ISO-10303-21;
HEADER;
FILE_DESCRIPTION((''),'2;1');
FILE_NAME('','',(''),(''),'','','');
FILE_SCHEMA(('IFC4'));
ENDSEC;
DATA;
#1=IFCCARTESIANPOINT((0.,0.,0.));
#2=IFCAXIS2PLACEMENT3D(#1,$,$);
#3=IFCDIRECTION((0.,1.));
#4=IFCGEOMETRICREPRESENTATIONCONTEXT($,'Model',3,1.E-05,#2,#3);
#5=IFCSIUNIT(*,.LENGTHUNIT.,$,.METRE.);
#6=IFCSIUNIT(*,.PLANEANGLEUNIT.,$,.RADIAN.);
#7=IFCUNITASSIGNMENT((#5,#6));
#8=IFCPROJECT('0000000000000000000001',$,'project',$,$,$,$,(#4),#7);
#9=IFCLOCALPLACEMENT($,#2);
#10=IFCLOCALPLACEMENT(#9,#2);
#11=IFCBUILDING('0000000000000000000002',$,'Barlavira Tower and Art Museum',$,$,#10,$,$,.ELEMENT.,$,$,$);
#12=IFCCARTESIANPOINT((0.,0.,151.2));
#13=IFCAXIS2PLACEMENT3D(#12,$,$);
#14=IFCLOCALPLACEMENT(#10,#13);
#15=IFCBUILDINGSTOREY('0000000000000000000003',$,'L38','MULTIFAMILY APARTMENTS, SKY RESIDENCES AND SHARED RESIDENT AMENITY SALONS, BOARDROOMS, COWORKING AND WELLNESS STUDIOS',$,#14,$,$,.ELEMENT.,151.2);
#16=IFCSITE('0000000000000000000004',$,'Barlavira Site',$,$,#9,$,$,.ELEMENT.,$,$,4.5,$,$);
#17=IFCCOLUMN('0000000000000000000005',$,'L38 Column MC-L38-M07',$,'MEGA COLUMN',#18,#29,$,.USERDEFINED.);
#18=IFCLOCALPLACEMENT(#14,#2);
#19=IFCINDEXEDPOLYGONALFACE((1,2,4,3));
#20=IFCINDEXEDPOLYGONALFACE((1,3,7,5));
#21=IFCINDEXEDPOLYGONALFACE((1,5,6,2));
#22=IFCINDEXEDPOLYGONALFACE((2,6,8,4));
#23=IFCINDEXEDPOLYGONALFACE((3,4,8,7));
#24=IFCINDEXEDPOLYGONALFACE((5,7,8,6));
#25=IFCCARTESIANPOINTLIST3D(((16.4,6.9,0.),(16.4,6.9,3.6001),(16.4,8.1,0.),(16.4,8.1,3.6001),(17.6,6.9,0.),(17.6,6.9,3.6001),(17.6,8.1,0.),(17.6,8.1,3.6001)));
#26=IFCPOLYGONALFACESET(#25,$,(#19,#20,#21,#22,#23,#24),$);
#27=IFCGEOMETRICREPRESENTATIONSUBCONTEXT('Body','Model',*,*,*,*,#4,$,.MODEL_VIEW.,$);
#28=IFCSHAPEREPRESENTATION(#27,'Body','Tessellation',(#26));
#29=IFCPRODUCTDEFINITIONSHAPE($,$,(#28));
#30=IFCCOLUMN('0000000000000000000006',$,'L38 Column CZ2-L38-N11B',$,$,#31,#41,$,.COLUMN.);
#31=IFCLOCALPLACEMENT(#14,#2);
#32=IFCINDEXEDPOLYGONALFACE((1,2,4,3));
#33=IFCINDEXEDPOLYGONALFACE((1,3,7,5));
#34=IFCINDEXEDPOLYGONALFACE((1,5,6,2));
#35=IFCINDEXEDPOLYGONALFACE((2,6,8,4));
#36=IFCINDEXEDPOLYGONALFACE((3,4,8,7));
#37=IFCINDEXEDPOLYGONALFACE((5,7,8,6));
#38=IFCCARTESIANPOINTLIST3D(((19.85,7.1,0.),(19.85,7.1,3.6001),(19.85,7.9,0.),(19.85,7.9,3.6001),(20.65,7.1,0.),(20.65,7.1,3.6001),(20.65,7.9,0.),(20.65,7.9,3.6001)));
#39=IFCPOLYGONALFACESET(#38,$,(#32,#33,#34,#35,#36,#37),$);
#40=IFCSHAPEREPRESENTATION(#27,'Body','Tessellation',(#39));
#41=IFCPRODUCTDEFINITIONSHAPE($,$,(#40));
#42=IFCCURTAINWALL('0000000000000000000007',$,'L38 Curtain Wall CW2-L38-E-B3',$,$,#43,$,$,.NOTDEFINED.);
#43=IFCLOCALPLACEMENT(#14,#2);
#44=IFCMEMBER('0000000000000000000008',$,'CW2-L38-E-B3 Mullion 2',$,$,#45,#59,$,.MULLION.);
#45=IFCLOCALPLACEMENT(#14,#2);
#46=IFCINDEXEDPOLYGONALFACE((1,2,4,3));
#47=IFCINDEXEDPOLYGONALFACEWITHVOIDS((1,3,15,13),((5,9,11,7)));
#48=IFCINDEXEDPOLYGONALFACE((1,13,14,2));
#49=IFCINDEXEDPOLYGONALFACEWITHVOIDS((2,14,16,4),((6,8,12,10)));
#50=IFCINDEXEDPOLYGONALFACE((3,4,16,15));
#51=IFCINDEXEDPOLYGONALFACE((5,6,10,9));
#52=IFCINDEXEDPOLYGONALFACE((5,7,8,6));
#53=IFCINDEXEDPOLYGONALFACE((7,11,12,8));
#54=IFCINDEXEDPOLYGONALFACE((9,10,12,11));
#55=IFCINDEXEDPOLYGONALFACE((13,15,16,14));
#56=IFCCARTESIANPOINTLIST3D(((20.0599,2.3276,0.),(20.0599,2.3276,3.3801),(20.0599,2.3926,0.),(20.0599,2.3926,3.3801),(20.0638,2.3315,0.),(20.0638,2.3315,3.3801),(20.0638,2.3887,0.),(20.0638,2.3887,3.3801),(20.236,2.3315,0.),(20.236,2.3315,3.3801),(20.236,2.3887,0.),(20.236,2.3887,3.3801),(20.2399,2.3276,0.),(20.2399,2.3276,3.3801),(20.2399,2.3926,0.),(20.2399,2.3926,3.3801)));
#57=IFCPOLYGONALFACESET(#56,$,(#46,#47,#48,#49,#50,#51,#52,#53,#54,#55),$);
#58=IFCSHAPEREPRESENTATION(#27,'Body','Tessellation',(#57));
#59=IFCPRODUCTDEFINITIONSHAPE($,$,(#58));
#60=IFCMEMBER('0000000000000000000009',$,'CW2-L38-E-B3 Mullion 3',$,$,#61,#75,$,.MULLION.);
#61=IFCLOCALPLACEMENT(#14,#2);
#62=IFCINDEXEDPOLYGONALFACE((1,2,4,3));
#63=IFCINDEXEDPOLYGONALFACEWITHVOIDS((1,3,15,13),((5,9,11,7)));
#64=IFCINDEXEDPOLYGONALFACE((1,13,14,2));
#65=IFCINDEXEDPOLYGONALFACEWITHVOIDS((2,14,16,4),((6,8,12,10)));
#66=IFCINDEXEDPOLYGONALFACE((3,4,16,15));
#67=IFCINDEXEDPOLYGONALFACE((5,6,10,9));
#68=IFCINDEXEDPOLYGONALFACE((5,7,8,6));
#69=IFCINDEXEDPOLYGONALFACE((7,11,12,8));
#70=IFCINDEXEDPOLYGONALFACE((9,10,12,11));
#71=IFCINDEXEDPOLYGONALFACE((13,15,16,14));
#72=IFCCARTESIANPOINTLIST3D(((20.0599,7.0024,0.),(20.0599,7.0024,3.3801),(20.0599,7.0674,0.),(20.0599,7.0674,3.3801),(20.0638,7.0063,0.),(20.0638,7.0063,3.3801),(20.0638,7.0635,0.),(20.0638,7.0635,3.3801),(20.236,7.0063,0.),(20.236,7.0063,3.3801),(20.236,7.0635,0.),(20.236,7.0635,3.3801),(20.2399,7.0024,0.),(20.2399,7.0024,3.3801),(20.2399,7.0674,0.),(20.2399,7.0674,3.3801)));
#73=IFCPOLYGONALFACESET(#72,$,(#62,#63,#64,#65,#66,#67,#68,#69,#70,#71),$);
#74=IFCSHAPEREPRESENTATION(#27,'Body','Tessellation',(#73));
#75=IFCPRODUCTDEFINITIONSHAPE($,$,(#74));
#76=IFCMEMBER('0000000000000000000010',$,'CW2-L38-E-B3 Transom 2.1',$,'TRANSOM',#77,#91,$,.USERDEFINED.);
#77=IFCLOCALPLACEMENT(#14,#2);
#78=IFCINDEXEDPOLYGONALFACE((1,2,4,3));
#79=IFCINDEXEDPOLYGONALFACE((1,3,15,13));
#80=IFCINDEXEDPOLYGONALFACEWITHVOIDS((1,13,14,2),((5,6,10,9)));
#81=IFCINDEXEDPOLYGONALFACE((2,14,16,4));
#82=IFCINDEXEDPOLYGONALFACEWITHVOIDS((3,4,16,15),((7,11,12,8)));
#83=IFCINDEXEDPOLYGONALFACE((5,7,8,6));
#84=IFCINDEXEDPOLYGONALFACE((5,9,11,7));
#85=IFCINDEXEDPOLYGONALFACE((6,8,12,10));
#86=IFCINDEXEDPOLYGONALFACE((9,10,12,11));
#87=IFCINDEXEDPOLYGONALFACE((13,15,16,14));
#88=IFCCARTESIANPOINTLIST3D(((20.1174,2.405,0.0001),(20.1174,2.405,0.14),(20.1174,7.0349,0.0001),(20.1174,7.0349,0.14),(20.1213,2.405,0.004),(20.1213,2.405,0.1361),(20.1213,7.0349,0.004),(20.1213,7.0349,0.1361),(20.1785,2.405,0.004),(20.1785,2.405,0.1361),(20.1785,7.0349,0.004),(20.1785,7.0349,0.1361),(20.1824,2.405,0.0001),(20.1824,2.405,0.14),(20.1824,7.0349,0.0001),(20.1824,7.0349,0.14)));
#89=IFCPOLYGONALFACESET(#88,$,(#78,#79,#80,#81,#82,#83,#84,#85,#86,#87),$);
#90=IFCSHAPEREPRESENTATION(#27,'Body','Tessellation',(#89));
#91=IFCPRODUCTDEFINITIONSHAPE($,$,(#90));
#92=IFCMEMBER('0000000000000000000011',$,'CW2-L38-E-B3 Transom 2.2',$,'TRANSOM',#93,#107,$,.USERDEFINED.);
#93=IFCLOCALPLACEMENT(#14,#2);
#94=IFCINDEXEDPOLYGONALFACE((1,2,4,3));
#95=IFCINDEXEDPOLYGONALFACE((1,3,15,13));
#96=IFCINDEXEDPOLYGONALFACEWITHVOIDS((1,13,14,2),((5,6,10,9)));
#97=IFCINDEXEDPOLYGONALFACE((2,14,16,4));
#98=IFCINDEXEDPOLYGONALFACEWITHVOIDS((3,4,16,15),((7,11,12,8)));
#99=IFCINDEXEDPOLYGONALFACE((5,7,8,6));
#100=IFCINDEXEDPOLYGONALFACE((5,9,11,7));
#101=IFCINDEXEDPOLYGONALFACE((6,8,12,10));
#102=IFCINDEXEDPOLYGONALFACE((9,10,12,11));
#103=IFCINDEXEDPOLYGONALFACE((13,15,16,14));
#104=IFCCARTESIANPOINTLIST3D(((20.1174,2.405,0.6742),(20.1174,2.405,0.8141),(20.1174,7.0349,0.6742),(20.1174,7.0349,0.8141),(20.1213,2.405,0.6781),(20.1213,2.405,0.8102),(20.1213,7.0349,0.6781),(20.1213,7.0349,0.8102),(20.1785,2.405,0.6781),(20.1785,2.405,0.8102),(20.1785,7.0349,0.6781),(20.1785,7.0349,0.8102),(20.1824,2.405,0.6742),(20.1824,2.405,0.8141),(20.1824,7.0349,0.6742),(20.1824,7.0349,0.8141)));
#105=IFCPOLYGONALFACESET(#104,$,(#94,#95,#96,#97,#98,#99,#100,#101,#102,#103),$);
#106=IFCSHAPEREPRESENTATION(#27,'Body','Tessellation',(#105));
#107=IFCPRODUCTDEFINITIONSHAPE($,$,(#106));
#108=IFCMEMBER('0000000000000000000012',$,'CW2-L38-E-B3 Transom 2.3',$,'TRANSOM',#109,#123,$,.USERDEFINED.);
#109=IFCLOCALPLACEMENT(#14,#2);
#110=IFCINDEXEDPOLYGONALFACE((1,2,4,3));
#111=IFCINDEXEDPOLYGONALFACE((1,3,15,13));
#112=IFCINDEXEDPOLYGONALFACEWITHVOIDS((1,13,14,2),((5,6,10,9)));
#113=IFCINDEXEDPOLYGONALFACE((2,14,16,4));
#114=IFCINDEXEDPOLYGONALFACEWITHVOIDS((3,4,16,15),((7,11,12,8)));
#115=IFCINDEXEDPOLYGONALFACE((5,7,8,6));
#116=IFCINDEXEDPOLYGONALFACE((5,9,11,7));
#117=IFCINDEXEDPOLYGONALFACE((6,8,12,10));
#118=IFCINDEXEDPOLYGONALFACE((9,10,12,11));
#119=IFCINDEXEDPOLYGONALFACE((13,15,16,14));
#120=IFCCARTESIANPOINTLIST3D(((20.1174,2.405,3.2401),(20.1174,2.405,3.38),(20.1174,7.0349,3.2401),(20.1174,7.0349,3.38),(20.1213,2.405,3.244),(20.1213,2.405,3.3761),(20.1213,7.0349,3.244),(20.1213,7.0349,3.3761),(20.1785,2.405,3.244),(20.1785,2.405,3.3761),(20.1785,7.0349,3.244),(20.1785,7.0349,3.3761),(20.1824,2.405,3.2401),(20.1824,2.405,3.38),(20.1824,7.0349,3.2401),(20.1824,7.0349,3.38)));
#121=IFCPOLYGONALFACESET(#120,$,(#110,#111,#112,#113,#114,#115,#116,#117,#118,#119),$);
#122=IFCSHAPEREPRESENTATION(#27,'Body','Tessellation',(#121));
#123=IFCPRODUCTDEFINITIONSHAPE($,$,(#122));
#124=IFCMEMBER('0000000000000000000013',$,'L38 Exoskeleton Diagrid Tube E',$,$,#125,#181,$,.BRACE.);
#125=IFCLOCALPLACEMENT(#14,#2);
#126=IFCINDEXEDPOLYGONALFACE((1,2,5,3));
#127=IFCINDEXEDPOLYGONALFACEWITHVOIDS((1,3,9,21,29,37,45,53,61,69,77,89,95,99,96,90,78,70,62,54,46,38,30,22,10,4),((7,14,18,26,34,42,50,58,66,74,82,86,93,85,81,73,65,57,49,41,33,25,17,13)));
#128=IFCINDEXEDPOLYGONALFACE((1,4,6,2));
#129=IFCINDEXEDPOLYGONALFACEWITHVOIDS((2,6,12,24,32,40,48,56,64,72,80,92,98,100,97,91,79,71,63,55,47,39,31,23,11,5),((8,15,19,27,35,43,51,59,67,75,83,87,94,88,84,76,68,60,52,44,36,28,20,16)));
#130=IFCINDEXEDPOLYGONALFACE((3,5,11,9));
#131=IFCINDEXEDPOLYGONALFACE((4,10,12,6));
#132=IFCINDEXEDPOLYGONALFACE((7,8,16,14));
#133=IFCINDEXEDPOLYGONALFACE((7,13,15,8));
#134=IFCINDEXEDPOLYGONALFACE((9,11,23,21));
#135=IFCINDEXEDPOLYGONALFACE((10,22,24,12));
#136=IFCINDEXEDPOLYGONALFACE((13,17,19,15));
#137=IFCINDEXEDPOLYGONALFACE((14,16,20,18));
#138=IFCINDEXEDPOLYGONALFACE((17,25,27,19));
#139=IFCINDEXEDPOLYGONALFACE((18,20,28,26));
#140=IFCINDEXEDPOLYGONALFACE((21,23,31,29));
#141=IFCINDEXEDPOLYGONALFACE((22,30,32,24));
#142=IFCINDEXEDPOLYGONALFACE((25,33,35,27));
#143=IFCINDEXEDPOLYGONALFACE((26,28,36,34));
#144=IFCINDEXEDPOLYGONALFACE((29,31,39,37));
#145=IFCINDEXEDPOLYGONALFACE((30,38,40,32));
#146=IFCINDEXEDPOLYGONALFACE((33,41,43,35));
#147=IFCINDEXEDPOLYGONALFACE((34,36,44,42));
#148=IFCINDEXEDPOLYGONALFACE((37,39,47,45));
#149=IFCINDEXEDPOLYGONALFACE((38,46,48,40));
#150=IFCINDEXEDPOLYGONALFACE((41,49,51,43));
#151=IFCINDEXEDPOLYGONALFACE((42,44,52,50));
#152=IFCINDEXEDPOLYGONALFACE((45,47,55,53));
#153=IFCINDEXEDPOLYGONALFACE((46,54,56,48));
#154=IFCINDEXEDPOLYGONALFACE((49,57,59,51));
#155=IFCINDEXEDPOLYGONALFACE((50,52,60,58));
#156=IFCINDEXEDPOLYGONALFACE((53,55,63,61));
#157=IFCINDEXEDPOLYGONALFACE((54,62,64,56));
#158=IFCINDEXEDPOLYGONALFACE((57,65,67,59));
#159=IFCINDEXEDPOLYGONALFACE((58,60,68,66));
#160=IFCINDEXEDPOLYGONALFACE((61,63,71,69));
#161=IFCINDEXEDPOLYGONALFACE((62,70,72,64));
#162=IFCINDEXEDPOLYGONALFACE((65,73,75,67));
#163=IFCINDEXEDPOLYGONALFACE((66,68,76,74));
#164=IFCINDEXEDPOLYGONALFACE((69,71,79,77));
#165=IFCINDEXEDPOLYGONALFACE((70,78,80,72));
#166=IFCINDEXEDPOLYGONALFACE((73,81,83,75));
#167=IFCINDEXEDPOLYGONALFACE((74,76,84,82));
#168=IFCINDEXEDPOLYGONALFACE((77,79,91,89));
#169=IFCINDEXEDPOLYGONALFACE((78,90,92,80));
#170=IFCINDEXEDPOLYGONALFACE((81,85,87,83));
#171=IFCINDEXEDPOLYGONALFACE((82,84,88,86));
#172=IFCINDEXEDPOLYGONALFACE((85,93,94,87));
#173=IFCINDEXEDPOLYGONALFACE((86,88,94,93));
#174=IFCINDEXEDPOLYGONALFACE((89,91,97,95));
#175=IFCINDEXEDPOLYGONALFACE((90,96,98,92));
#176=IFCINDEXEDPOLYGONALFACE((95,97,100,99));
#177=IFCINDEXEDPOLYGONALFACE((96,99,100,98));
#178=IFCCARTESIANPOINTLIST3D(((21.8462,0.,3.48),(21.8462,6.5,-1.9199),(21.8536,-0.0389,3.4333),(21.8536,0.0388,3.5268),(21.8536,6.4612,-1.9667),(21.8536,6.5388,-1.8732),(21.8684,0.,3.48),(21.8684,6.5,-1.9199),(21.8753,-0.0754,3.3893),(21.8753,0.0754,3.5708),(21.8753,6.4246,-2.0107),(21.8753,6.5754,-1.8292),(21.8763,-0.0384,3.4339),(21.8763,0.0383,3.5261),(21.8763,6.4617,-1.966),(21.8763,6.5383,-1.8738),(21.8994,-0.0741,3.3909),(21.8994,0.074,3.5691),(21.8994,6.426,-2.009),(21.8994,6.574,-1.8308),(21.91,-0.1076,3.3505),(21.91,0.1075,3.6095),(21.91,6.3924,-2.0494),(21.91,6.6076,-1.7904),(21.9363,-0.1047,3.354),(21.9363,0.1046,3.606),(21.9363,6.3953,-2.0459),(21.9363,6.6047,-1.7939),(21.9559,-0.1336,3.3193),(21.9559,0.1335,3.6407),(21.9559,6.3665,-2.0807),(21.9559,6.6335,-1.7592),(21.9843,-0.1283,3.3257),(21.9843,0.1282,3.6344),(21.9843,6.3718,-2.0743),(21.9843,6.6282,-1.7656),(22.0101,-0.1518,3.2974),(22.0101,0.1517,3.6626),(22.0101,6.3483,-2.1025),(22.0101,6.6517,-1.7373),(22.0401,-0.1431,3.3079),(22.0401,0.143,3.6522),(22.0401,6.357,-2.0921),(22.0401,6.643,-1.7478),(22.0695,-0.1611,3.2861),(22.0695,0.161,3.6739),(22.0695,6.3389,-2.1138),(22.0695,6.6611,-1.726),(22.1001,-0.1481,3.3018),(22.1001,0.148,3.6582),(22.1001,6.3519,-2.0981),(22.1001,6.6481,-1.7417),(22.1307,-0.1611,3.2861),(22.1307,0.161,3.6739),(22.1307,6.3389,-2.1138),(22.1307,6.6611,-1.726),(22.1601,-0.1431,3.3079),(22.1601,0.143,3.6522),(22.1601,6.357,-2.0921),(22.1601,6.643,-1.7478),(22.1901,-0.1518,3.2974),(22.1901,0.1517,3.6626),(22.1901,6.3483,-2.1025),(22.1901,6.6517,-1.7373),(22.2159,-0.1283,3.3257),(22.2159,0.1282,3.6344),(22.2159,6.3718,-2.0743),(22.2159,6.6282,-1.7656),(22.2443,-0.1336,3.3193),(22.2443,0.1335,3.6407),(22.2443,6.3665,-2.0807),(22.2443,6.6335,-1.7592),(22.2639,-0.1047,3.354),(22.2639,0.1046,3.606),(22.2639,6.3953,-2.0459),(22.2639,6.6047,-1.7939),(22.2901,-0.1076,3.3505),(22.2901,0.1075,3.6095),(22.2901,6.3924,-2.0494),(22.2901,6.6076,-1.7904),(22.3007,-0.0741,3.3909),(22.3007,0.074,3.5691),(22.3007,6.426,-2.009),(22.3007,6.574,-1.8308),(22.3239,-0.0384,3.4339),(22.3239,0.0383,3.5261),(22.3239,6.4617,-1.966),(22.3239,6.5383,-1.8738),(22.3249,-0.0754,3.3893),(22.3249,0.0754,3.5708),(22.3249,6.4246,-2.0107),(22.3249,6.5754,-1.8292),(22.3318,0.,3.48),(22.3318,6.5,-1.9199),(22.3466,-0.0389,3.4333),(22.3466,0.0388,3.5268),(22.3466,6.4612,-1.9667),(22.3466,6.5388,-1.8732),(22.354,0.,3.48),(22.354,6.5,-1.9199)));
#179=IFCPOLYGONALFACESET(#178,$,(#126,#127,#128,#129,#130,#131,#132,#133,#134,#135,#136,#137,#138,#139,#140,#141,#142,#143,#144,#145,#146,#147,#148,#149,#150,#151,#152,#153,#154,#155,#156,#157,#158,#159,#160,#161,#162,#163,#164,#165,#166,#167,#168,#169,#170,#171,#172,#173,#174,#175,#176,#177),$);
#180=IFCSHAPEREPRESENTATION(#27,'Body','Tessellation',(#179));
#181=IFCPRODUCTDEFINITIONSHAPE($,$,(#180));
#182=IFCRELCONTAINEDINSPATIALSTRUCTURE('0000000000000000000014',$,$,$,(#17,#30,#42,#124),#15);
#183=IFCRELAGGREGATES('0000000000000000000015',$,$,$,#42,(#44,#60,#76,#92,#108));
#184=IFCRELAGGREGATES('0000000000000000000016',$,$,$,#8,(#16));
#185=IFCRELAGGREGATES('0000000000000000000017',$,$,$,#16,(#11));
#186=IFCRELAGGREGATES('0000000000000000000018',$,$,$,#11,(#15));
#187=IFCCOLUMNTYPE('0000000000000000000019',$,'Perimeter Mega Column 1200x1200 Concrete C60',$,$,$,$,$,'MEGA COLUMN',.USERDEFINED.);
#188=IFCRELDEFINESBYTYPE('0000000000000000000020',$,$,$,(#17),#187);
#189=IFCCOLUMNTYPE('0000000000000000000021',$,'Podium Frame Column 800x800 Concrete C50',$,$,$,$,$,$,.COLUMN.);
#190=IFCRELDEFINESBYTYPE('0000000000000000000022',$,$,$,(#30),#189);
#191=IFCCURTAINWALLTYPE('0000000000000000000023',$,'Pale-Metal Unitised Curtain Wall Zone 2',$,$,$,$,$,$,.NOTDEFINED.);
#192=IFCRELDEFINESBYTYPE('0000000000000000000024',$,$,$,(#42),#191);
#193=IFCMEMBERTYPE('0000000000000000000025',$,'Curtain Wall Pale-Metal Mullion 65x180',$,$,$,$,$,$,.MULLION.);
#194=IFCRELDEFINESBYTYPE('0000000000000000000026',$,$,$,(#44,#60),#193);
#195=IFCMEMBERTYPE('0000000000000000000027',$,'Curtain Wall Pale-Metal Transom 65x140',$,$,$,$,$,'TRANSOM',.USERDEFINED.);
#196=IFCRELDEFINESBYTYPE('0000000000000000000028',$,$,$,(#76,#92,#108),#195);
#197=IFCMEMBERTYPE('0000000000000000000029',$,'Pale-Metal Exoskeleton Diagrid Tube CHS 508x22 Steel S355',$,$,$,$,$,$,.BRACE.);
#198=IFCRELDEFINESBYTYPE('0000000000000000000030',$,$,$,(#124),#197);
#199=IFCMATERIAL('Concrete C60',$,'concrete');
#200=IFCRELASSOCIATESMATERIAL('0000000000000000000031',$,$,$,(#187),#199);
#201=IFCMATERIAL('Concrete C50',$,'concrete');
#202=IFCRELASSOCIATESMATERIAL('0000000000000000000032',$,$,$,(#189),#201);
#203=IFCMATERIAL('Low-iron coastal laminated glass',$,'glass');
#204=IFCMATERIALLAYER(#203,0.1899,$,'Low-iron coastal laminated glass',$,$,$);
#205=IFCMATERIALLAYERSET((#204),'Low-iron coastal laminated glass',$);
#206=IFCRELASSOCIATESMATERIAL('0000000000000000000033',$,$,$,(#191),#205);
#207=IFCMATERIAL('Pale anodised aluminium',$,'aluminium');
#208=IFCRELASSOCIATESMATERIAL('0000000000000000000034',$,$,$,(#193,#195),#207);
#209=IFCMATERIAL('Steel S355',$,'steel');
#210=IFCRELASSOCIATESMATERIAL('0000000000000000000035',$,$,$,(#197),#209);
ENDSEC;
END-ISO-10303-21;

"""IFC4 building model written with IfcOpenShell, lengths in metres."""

from ifc_helpers import new_model, si_unit, direction, frame, origin, origin_2d, place, context, subcontext, project, spatial, rectangle, hollow_rectangle, hollow_circle, extrude, material, layer, layer_set, material_profile, profile_set, type_object, element, aggregate, save


model = new_model("IFC4")

# Units and contexts
model_context = context("Model", 3, precision=1e-05, world=origin(), true_north=direction((0.0, 1.0)))
body_context = subcontext(model_context, "Body", "Model", "MODEL_VIEW")
ifc_project = project(units=[si_unit("LENGTHUNIT", "METRE"), si_unit("PLANEANGLEUNIT", "RADIAN")], contexts=[model_context])

# Site, building, storey
site_placement = place(None, origin())
site = spatial("IfcSite", under=ifc_project, at=site_placement, Name="Barlavira Site", CompositionType="ELEMENT", RefElevation=4.5)
building_placement = place(site_placement, origin())
building = spatial("IfcBuilding", under=site, at=building_placement, Name="Barlavira Tower and Art Museum", CompositionType="ELEMENT")
storey_placement = place(building_placement, frame((0.0, 0.0, 151.2)))
storey = spatial("IfcBuildingStorey", under=building, at=storey_placement, Name="L38", Description="MULTIFAMILY APARTMENTS, SKY RESIDENCES AND SHARED RESIDENT AMENITY SALONS, BOARDROOMS, COWORKING AND WELLNESS STUDIOS", CompositionType="ELEMENT", Elevation=151.2)

# Columns
ifc_material_1 = material(Name="Concrete C60", Category="concrete")
ifc_material_profile_1 = material_profile(ifc_material_1, rectangle(XDim=1.2, YDim=1.2, at=origin_2d()), Name="RC-COL 1200x1200")
ifc_profile_set_1 = profile_set([ifc_material_profile_1], Name="Concrete C60")
column_type_1 = type_object("IfcColumnType", Name="Perimeter Mega Column 1200x1200 Concrete C60", ElementType="MEGA COLUMN", PredefinedType="USERDEFINED", material=ifc_profile_set_1)
column_1_placement = place(storey_placement, frame((17.0, 7.5, 0.0), z_axis=(0.0, 0.0, 1.0), x_axis=(1.0, 0.0, 0.0)))
element("IfcColumn", 1, at=column_1_placement, inside=storey, type_object=column_type_1, Name="L38 Column MC-L38-M07", ObjectType="MEGA COLUMN", PredefinedType="USERDEFINED", context=body_context, shape_type="SweptSolid", body=[
    extrude(rectangle(XDim=1.2, YDim=1.2, at=origin_2d()), origin(), (0.0, 0.0, 1.0), 3.6001),
])
ifc_material_2 = material(Name="Concrete C50", Category="concrete")
ifc_material_profile_2 = material_profile(ifc_material_2, rectangle(XDim=0.8, YDim=0.8, at=origin_2d()), Name="RC-COL 800x800")
ifc_profile_set_2 = profile_set([ifc_material_profile_2], Name="Concrete C50")
column_type_2 = type_object("IfcColumnType", Name="Podium Frame Column 800x800 Concrete C50", PredefinedType="COLUMN", material=ifc_profile_set_2)
column_2_placement = place(storey_placement, frame((20.25, 7.5, 0.0), z_axis=(0.0, 0.0, 1.0), x_axis=(1.0, 0.0, 0.0)))
element("IfcColumn", 2, at=column_2_placement, inside=storey, type_object=column_type_2, Name="L38 Column CZ2-L38-N11B", PredefinedType="COLUMN", context=body_context, shape_type="SweptSolid", body=[
    extrude(rectangle(XDim=0.8, YDim=0.8, at=origin_2d()), origin(), (0.0, 0.0, 1.0), 3.6001),
])

# Curtain wall, members
ifc_material_3 = material(Name="Low-iron coastal laminated glass", Category="glass")
ifc_layer_1 = layer(ifc_material_3, 0.1899, Name="Low-iron coastal laminated glass")
ifc_layer_set_1 = layer_set([ifc_layer_1], Name="Low-iron coastal laminated glass")
curtain_wall_type = type_object("IfcCurtainWallType", Name="Pale-Metal Unitised Curtain Wall Zone 2", PredefinedType="NOTDEFINED", material=ifc_layer_set_1)
curtain_wall_placement = place(storey_placement, origin())
curtain_wall = element("IfcCurtainWall", 3, at=curtain_wall_placement, inside=storey, type_object=curtain_wall_type, Name="L38 Curtain Wall CW2-L38-E-B3", PredefinedType="NOTDEFINED")
ifc_material_4 = material(Name="Pale anodised aluminium", Category="aluminium")
ifc_material_profile_3 = material_profile(ifc_material_4, hollow_rectangle(XDim=0.0649, YDim=0.1799, WallThickness=0.0039, at=origin_2d()), Name="ALU-MULL 65x180x4")
ifc_profile_set_3 = profile_set([ifc_material_profile_3], Name="Pale anodised aluminium")
member_type_1 = type_object("IfcMemberType", Name="Curtain Wall Pale-Metal Mullion 65x180", PredefinedType="MULLION", material=ifc_profile_set_3)
member_1_placement = place(storey_placement, frame((20.1499, 2.3601, 0.0), z_axis=(0.0, 0.0, 1.0), x_axis=(0.0, 1.0, 0.0)))
member_1 = element("IfcMember", 4, at=member_1_placement, type_object=member_type_1, Name="CW2-L38-E-B3 Mullion 2", PredefinedType="MULLION", context=body_context, shape_type="SweptSolid", body=[
    extrude(hollow_rectangle(XDim=0.0649, YDim=0.1799, WallThickness=0.0039, at=origin_2d()), origin(), (0.0, 0.0, 1.0), 3.3801),
])
member_2_placement = place(storey_placement, frame((20.1499, 7.0349, 0.0), z_axis=(0.0, 0.0, 1.0), x_axis=(0.0, 1.0, 0.0)))
member_2 = element("IfcMember", 5, at=member_2_placement, type_object=member_type_1, Name="CW2-L38-E-B3 Mullion 3", PredefinedType="MULLION", context=body_context, shape_type="SweptSolid", body=[
    extrude(hollow_rectangle(XDim=0.0649, YDim=0.1799, WallThickness=0.0039, at=origin_2d()), origin(), (0.0, 0.0, 1.0), 3.3801),
])
ifc_material_profile_4 = material_profile(ifc_material_4, hollow_rectangle(XDim=0.0649, YDim=0.1399, WallThickness=0.0039, at=origin_2d()), Name="ALU-TRAN 65x140x4")
ifc_profile_set_4 = profile_set([ifc_material_profile_4], Name="Pale anodised aluminium")
member_type_2 = type_object("IfcMemberType", Name="Curtain Wall Pale-Metal Transom 65x140", ElementType="TRANSOM", PredefinedType="USERDEFINED", material=ifc_profile_set_4)
member_3_placement = place(storey_placement, frame((20.1499, 2.405, 0.0701), z_axis=(0.0, 1.0, 0.0), x_axis=(-1.0, 0.0, 0.0)))
member_3 = element("IfcMember", 6, at=member_3_placement, type_object=member_type_2, Name="CW2-L38-E-B3 Transom 2.1", ObjectType="TRANSOM", PredefinedType="USERDEFINED", context=body_context, shape_type="SweptSolid", body=[
    extrude(hollow_rectangle(XDim=0.0649, YDim=0.1399, WallThickness=0.0039, at=origin_2d()), origin(), (0.0, 0.0, 1.0), 4.6299),
])
member_4_placement = place(storey_placement, frame((20.1499, 2.405, 0.7441), z_axis=(0.0, 1.0, 0.0), x_axis=(-1.0, 0.0, 0.0)))
member_4 = element("IfcMember", 7, at=member_4_placement, type_object=member_type_2, Name="CW2-L38-E-B3 Transom 2.2", ObjectType="TRANSOM", PredefinedType="USERDEFINED", context=body_context, shape_type="SweptSolid", body=[
    extrude(hollow_rectangle(XDim=0.0649, YDim=0.1399, WallThickness=0.0039, at=origin_2d()), origin(), (0.0, 0.0, 1.0), 4.6299),
])
member_5_placement = place(storey_placement, frame((20.1499, 2.405, 3.3101), z_axis=(0.0, 1.0, 0.0), x_axis=(-1.0, 0.0, 0.0)))
member_5 = element("IfcMember", 8, at=member_5_placement, type_object=member_type_2, Name="CW2-L38-E-B3 Transom 2.3", ObjectType="TRANSOM", PredefinedType="USERDEFINED", context=body_context, shape_type="SweptSolid", body=[
    extrude(hollow_rectangle(XDim=0.0649, YDim=0.1399, WallThickness=0.0039, at=origin_2d()), origin(), (0.0, 0.0, 1.0), 4.6299),
])

# Member
ifc_material_5 = material(Name="Steel S355", Category="steel")
ifc_material_profile_5 = material_profile(ifc_material_5, hollow_circle(Radius=0.2539, WallThickness=0.0222, at=origin_2d()), Name="CHS 508.0x22.2")
ifc_profile_set_5 = profile_set([ifc_material_profile_5], Name="Steel S355")
member_type_3 = type_object("IfcMemberType", Name="Pale-Metal Exoskeleton Diagrid Tube CHS 508x22 Steel S355", PredefinedType="BRACE", material=ifc_profile_set_5)
for number, where, z_axis, x_axis, name in (
    (9, (22.1001, 6.5, -1.9199), (0.0, -0.769196, 0.639013), (1.0, 0.0, 0.0), "L38 Exoskeleton Diagrid Tube E"),
):
    element("IfcMember", number, at=place(storey_placement, frame(where, z_axis=z_axis, x_axis=x_axis)), inside=storey, type_object=member_type_3, Name=name, PredefinedType="BRACE", context=body_context, shape_type="SweptSolid", body=[
        extrude(hollow_circle(Radius=0.2539, WallThickness=0.0222, at=origin_2d()), origin(), (0.0, 0.0, 1.0), 8.4504),
    ])

aggregate(curtain_wall, [member_1, member_2, member_3, member_4, member_5])

save(model, "model.ifc")
